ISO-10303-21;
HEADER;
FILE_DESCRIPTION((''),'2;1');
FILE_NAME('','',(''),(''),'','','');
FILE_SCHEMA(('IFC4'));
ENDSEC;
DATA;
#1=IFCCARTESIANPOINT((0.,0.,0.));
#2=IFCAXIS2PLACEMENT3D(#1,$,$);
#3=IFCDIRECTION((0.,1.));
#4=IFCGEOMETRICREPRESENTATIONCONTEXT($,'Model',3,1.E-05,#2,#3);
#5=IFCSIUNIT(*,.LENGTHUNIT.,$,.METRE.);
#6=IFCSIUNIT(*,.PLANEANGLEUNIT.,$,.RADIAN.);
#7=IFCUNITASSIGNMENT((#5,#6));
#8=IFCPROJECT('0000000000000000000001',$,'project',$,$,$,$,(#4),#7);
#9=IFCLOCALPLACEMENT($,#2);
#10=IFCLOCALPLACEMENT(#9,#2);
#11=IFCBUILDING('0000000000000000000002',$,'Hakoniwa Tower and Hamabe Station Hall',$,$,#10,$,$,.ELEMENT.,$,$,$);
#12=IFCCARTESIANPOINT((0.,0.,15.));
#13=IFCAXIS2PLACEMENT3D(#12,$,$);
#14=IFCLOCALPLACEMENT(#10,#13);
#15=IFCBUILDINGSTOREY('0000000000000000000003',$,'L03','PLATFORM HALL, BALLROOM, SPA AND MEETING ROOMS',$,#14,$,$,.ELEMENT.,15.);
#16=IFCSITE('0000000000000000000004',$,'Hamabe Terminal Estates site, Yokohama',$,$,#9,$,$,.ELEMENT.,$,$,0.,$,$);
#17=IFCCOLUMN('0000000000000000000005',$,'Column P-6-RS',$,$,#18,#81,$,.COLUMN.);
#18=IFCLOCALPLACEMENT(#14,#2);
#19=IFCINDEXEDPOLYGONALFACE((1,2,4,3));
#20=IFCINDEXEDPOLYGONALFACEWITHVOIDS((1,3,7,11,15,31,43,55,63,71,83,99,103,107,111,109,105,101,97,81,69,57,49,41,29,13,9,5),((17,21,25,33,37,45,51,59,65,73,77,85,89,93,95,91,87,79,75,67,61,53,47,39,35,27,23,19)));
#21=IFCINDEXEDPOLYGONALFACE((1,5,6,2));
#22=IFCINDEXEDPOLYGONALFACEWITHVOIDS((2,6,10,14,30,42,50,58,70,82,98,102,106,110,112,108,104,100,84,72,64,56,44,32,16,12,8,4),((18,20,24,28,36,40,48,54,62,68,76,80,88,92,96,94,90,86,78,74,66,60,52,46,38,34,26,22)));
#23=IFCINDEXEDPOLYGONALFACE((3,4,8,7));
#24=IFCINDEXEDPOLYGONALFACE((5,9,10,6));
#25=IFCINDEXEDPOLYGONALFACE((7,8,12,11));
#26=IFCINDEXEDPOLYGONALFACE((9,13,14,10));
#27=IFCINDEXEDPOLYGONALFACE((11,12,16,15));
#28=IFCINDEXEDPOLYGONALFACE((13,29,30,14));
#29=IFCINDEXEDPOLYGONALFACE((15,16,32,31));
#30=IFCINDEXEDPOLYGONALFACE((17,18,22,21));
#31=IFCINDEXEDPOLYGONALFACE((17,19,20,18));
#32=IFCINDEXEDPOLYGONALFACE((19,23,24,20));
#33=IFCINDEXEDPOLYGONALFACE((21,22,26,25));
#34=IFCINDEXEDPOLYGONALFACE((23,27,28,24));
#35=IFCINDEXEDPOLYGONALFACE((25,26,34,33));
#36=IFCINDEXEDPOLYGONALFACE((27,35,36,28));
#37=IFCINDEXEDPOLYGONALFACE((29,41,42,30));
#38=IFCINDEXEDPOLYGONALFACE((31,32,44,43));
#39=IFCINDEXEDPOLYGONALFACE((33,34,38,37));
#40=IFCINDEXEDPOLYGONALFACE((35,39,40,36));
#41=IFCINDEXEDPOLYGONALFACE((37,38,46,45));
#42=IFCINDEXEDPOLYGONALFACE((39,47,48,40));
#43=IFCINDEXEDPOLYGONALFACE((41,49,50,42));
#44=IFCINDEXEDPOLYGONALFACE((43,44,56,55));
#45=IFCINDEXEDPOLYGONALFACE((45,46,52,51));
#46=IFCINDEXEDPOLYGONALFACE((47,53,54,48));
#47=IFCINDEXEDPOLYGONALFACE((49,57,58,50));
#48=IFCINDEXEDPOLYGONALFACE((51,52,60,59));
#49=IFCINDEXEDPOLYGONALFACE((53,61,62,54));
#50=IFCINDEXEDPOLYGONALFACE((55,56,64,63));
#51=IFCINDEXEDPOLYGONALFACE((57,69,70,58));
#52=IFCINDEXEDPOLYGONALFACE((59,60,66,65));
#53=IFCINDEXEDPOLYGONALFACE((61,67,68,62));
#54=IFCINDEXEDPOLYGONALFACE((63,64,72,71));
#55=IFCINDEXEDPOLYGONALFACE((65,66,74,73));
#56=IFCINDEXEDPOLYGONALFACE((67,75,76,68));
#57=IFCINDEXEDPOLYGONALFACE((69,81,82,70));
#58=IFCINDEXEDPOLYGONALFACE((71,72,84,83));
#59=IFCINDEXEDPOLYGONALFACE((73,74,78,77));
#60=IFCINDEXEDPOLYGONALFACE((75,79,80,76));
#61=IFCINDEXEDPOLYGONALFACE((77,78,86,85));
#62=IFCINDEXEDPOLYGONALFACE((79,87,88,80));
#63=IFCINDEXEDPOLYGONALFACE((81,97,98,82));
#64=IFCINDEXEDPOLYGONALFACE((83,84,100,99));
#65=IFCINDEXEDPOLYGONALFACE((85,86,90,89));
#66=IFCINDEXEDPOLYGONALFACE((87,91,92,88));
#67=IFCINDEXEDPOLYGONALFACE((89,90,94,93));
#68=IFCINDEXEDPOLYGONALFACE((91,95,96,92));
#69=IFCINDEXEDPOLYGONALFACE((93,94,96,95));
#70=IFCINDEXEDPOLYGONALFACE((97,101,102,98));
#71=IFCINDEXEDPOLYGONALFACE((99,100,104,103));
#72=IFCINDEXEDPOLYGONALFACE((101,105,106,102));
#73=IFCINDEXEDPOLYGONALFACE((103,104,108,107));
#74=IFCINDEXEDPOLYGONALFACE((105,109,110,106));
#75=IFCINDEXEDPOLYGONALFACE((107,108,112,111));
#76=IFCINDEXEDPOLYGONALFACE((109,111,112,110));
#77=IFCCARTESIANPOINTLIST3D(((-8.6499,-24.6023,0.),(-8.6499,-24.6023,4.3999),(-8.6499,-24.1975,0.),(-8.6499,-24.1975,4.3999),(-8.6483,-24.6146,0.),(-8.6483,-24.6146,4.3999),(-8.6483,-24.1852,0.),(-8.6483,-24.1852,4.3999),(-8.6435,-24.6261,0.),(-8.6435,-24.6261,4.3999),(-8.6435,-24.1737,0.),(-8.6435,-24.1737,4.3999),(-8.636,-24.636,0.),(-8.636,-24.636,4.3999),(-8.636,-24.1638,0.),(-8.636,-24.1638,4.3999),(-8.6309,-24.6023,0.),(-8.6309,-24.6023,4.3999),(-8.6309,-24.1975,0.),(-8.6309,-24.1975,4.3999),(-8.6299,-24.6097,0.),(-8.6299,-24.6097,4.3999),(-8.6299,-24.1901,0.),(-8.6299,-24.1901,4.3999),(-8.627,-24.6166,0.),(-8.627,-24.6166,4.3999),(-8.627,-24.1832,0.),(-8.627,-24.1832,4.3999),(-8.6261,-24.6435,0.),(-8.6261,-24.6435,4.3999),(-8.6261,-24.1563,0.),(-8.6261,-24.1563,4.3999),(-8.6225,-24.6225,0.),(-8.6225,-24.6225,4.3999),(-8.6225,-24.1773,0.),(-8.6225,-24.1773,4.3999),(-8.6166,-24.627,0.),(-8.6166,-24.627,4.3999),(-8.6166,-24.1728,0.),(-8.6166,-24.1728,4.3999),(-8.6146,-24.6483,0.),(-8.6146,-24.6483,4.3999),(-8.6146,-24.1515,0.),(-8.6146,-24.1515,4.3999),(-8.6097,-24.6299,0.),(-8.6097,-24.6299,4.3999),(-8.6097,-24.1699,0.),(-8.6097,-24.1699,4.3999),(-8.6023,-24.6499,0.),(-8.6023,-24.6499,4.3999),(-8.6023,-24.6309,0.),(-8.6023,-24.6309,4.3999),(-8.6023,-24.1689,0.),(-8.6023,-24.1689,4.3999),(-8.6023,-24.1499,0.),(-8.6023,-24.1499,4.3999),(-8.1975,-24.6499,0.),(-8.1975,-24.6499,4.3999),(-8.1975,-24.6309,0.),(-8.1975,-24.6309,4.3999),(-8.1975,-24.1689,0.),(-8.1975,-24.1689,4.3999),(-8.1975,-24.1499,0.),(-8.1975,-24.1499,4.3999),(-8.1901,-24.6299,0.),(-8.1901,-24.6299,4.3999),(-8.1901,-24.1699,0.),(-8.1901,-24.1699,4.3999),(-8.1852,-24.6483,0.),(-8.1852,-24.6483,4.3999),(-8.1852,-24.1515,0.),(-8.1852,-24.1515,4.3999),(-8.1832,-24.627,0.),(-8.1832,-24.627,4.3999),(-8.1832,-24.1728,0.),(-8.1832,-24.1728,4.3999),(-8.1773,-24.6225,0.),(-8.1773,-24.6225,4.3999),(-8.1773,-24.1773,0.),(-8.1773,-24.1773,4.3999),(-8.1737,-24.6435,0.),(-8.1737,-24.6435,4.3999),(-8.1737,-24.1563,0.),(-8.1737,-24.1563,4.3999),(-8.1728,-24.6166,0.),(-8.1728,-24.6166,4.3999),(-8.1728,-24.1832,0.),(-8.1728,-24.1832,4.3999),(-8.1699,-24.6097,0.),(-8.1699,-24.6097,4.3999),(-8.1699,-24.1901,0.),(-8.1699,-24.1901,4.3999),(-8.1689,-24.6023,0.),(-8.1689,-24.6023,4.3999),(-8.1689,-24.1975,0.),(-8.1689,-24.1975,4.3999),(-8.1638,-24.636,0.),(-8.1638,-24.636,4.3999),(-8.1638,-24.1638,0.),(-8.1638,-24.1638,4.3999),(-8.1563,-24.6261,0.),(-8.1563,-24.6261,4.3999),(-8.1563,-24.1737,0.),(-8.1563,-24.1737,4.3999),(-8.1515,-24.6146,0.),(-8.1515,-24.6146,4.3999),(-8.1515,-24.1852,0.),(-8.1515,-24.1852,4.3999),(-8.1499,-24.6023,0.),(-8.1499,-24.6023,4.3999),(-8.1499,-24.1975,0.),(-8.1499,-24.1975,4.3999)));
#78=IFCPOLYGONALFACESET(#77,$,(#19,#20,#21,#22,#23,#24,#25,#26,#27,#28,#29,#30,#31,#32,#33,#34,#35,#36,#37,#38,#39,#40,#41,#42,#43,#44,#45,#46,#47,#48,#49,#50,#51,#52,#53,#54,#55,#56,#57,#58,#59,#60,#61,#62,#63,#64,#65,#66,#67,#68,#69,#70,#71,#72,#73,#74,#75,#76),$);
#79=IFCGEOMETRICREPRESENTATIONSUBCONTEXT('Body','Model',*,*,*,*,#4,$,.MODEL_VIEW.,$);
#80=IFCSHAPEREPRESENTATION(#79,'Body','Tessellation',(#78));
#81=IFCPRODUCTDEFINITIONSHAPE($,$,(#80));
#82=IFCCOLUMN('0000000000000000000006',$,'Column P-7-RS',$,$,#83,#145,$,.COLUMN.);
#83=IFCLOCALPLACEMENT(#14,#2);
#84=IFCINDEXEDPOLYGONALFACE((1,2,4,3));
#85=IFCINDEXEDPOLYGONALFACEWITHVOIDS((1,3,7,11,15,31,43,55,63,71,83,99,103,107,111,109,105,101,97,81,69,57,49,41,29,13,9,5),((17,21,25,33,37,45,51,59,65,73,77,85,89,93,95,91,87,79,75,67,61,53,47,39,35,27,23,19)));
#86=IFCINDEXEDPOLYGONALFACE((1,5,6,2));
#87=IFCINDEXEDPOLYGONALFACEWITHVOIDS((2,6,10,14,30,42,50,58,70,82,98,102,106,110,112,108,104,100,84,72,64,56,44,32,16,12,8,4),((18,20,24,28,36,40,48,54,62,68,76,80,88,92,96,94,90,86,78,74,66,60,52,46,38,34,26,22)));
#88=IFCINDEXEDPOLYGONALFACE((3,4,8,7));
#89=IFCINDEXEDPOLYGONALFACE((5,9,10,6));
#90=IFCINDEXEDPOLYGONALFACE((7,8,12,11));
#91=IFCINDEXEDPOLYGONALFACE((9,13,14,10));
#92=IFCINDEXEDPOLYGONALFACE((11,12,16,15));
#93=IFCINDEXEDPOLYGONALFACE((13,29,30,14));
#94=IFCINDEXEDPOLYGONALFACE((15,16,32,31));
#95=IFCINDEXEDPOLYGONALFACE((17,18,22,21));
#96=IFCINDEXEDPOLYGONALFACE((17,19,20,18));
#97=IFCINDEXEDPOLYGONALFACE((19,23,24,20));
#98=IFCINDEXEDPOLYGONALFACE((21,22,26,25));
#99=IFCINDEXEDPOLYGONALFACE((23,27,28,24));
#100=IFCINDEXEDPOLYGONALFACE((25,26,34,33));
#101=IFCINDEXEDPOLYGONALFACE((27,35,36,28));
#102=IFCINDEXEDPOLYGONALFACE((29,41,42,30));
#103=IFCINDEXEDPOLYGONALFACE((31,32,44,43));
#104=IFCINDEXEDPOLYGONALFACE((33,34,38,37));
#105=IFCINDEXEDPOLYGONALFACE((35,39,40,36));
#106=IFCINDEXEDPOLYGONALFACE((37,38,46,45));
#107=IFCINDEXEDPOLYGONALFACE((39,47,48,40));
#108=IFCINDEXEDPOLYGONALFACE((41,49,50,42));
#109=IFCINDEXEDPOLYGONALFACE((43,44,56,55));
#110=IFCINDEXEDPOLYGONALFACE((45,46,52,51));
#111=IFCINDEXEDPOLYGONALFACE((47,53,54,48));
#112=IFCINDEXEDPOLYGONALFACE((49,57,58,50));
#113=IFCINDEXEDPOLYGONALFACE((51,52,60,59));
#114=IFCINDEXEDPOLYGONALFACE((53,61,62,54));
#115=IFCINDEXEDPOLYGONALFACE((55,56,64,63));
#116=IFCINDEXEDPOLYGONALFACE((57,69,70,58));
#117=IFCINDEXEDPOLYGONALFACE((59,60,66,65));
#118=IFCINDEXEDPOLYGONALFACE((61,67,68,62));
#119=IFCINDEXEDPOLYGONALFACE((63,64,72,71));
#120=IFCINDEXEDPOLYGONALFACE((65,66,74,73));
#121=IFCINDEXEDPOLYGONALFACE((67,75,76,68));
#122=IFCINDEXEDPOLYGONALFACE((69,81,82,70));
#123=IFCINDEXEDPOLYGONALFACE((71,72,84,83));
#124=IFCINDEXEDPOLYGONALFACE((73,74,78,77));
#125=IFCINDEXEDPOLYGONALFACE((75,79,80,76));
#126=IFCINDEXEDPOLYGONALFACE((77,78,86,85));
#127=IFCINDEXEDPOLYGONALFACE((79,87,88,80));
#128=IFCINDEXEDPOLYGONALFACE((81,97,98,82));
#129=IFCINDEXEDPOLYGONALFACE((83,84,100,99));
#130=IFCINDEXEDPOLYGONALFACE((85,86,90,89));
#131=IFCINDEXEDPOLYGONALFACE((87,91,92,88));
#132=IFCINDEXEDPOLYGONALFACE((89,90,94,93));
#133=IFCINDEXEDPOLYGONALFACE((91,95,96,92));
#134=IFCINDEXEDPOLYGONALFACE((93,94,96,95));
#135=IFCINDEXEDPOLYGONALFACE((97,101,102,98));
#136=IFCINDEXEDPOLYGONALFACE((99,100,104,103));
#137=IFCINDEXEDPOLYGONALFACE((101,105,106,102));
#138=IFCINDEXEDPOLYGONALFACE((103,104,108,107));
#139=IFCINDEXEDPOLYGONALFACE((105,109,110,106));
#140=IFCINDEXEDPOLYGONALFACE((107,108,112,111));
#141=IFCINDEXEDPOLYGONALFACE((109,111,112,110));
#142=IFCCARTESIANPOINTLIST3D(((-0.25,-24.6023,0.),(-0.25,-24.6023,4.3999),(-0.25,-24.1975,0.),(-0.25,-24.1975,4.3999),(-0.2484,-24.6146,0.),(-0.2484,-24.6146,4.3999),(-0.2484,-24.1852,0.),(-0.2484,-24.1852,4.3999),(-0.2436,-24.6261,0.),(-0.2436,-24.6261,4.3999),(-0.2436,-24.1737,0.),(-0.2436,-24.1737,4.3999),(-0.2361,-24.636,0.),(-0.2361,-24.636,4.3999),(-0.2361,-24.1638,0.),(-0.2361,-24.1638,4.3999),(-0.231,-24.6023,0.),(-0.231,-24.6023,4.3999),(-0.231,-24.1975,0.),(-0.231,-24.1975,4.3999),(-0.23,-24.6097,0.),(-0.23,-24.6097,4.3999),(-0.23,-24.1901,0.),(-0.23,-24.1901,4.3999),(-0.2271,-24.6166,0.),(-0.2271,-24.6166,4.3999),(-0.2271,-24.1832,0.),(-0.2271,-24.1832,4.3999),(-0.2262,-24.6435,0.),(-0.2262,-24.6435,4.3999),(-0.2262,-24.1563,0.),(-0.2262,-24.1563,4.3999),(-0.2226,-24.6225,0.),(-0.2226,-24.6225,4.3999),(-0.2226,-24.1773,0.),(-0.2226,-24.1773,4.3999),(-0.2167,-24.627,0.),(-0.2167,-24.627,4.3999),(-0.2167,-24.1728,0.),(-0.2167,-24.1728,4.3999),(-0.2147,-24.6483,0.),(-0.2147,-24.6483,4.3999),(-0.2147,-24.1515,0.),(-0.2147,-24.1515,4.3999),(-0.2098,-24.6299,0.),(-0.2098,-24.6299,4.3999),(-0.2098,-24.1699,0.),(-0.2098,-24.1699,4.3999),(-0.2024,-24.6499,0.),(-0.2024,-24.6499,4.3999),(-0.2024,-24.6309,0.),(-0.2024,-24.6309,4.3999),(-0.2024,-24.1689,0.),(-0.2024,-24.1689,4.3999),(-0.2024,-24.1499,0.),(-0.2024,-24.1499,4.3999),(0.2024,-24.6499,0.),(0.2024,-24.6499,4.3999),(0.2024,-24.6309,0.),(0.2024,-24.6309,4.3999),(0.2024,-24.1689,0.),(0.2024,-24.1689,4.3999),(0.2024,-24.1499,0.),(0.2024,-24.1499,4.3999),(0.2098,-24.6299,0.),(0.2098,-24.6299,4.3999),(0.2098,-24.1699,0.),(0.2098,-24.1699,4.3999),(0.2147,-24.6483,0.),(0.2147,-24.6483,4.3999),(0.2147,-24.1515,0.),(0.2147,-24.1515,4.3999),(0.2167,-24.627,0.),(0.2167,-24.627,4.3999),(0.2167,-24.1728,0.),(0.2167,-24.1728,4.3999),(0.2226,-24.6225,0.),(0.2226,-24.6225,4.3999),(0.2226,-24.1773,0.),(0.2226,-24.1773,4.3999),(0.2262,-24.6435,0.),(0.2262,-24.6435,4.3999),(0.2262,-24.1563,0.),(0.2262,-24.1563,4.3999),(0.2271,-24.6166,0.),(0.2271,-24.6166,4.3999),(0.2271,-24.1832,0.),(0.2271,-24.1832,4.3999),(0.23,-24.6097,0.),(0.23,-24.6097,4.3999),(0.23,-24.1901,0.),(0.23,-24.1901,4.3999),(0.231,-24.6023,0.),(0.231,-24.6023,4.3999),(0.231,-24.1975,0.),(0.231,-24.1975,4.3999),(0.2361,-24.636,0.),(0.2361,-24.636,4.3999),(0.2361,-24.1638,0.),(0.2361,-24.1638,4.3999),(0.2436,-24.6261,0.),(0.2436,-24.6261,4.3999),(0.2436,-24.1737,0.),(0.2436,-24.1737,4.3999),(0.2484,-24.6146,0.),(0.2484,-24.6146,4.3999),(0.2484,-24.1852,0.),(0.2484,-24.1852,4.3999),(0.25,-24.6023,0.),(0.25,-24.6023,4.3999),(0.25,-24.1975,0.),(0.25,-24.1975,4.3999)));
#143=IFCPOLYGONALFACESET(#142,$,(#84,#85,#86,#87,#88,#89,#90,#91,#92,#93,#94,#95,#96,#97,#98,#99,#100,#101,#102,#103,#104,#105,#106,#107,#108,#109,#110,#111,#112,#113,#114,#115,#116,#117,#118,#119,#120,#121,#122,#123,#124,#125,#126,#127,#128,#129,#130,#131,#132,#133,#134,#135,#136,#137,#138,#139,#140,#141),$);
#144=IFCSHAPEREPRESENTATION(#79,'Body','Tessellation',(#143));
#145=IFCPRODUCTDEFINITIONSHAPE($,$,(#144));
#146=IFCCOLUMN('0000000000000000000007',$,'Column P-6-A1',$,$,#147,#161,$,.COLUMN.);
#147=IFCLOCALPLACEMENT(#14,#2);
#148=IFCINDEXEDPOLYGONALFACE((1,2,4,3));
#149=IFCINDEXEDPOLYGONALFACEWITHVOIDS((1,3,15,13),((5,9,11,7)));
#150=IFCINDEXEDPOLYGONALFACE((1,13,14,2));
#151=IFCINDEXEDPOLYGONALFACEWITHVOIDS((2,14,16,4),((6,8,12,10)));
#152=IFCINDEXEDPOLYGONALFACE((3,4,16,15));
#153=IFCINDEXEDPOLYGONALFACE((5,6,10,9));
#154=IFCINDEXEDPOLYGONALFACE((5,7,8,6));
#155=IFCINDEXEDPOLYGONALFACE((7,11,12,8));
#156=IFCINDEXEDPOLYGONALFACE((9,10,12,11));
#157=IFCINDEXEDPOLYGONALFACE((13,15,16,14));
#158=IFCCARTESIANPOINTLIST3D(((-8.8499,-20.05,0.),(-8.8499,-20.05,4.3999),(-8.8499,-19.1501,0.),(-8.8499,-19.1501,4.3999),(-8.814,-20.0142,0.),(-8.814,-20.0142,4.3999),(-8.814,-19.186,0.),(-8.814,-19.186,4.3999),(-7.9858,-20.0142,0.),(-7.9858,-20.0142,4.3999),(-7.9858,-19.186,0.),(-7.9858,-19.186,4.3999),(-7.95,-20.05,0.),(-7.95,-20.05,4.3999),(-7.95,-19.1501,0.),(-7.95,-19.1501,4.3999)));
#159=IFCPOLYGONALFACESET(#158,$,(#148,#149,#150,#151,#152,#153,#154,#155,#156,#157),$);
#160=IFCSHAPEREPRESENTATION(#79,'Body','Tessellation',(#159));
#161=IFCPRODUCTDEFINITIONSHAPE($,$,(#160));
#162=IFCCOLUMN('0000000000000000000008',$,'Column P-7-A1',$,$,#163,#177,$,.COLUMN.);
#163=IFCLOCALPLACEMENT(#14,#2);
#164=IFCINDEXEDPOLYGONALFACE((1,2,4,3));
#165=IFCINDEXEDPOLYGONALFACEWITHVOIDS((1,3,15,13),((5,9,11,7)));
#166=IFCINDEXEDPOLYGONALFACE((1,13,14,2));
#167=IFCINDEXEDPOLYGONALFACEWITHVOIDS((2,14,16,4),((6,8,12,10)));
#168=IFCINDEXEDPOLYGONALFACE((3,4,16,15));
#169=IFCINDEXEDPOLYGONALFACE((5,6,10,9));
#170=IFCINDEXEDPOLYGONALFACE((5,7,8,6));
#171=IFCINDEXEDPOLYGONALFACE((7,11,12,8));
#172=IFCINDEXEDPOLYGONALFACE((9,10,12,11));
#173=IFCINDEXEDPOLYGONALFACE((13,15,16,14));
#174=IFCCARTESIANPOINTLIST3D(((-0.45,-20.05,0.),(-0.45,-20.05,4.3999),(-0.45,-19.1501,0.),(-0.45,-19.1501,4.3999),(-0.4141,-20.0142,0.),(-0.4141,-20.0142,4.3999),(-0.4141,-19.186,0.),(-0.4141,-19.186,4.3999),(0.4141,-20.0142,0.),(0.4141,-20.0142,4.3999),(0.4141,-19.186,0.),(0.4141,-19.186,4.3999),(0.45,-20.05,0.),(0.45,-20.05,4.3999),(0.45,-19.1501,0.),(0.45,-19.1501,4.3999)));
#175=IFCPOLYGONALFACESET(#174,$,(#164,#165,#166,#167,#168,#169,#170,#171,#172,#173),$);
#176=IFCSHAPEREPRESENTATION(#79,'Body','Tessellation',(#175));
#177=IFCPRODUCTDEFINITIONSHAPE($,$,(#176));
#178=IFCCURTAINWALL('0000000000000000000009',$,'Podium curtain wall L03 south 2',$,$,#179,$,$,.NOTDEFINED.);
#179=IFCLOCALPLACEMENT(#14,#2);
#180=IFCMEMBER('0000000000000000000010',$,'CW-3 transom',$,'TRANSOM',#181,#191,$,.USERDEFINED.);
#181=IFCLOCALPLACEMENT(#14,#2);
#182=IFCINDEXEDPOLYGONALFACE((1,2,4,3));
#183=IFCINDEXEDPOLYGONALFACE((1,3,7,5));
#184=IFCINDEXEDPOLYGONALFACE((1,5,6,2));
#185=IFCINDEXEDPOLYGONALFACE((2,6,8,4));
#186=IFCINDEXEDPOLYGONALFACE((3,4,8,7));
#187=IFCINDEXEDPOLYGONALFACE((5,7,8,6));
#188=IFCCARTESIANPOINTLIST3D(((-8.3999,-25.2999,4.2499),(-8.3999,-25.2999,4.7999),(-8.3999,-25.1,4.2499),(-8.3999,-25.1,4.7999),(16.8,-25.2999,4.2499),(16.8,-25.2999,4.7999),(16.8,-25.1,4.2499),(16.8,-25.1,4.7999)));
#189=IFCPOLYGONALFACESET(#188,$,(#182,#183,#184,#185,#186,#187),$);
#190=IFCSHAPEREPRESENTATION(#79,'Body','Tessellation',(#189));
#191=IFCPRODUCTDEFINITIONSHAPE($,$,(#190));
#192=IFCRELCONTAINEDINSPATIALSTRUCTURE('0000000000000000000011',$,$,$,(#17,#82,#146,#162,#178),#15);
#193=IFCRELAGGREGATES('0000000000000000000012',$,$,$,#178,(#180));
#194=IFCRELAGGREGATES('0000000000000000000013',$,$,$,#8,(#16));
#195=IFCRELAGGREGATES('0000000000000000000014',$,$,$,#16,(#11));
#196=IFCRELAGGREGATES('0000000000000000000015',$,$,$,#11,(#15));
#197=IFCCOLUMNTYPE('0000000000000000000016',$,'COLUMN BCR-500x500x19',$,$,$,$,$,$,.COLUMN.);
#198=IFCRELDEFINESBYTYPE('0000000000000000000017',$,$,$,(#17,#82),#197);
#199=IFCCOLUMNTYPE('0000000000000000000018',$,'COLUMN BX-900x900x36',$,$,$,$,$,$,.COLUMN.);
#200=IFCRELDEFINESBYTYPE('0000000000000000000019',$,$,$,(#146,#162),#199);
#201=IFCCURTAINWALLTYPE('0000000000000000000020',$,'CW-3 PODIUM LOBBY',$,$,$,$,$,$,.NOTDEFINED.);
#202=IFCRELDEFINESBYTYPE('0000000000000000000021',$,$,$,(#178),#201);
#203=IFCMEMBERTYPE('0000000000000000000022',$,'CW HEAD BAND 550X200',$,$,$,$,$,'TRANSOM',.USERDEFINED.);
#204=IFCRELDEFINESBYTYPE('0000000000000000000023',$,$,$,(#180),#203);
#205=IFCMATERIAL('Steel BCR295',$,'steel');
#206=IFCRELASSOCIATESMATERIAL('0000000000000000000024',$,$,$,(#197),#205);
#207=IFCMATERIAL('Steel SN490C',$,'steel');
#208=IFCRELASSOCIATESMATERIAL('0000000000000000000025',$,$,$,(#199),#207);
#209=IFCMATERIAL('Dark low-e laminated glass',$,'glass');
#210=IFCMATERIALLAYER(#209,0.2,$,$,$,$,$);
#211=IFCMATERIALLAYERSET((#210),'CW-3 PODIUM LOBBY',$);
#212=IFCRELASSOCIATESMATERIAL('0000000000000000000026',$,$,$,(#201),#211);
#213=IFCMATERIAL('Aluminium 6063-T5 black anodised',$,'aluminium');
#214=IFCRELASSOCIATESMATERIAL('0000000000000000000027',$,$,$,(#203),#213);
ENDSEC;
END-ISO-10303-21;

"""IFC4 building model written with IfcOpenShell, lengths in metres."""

from ifc_helpers import new_model, si_unit, direction, frame, origin, origin_2d, place, context, subcontext, project, spatial, rectangle, hollow_rectangle, extrude, material, layer, layer_set, material_profile, profile_set, type_object, element, aggregate, save


model = new_model("IFC4")

# Units and contexts
model_context = context("Model", 3, precision=1e-05, world=origin(), true_north=direction((0.0, 1.0)))
body_context = subcontext(model_context, "Body", "Model", "MODEL_VIEW")
ifc_project = project(units=[si_unit("LENGTHUNIT", "METRE"), si_unit("PLANEANGLEUNIT", "RADIAN")], contexts=[model_context])

# Site, building, storey
site_placement = place(None, origin())
site = spatial("IfcSite", under=ifc_project, at=site_placement, Name="Hamabe Terminal Estates site, Yokohama", CompositionType="ELEMENT", RefElevation=0.0)
building_placement = place(site_placement, origin())
building = spatial("IfcBuilding", under=site, at=building_placement, Name="Hakoniwa Tower and Hamabe Station Hall", CompositionType="ELEMENT")
storey_placement = place(building_placement, frame((0.0, 0.0, 15.0)))
storey = spatial("IfcBuildingStorey", under=building, at=storey_placement, Name="L03", Description="PLATFORM HALL, BALLROOM, SPA AND MEETING ROOMS", CompositionType="ELEMENT", Elevation=15.0)

# Columns
ifc_material_1 = material(Name="Steel BCR295", Category="steel")
ifc_material_profile_1 = material_profile(ifc_material_1, hollow_rectangle(XDim=0.5, YDim=0.5, WallThickness=0.019, InnerFilletRadius=0.0286, OuterFilletRadius=0.0476, at=origin_2d()), Name="BCR-500x500x19")
ifc_profile_set_1 = profile_set([ifc_material_profile_1], Name="Steel BCR295")
column_type_1 = type_object("IfcColumnType", Name="COLUMN BCR-500x500x19", PredefinedType="COLUMN", material=ifc_profile_set_1)
for number, where, z_axis, x_axis, name in (
    (1, (-8.3999, -24.3999, 0.0), (0.0, 0.0, 1.0), (1.0, 0.0, 0.0), "Column P-6-RS"),
    (2, (0.0, -24.3999, 0.0), (0.0, 0.0, 1.0), (1.0, 0.0, 0.0), "Column P-7-RS"),
):
    element("IfcColumn", number, at=place(storey_placement, frame(where, z_axis=z_axis, x_axis=x_axis)), inside=storey, type_object=column_type_1, Name=name, PredefinedType="COLUMN", context=body_context, shape_type="SweptSolid", body=[
        extrude(hollow_rectangle(XDim=0.5, YDim=0.5, WallThickness=0.019, InnerFilletRadius=0.0286, OuterFilletRadius=0.0476, at=origin_2d()), origin(), (0.0, 0.0, 1.0), 4.3999),
    ])
ifc_material_2 = material(Name="Steel SN490C", Category="steel")
ifc_material_profile_2 = material_profile(ifc_material_2, hollow_rectangle(XDim=0.8999, YDim=0.8999, WallThickness=0.0359, at=origin_2d()), Name="BX-900x900x36")
ifc_profile_set_2 = profile_set([ifc_material_profile_2], Name="Steel SN490C")
column_type_2 = type_object("IfcColumnType", Name="COLUMN BX-900x900x36", PredefinedType="COLUMN", material=ifc_profile_set_2)
for number, where, z_axis, x_axis, name in (
    (3, (-8.3999, -19.6001, 0.0), (0.0, 0.0, 1.0), (1.0, 0.0, 0.0), "Column P-6-A1"),
    (4, (0.0, -19.6001, 0.0), (0.0, 0.0, 1.0), (1.0, 0.0, 0.0), "Column P-7-A1"),
):
    element("IfcColumn", number, at=place(storey_placement, frame(where, z_axis=z_axis, x_axis=x_axis)), inside=storey, type_object=column_type_2, Name=name, PredefinedType="COLUMN", context=body_context, shape_type="SweptSolid", body=[
        extrude(hollow_rectangle(XDim=0.8999, YDim=0.8999, WallThickness=0.0359, at=origin_2d()), origin(), (0.0, 0.0, 1.0), 4.3999),
    ])

# Curtain wall, member
ifc_material_3 = material(Name="Dark low-e laminated glass", Category="glass")
ifc_layer_1 = layer(ifc_material_3, 0.2)
ifc_layer_set_1 = layer_set([ifc_layer_1], Name="CW-3 PODIUM LOBBY")
curtain_wall_type = type_object("IfcCurtainWallType", Name="CW-3 PODIUM LOBBY", PredefinedType="NOTDEFINED", material=ifc_layer_set_1)
curtain_wall_placement = place(storey_placement, origin())
curtain_wall = element("IfcCurtainWall", 5, at=curtain_wall_placement, inside=storey, type_object=curtain_wall_type, Name="Podium curtain wall L03 south 2", PredefinedType="NOTDEFINED")
ifc_material_4 = material(Name="Aluminium 6063-T5 black anodised", Category="aluminium")
ifc_material_profile_3 = material_profile(ifc_material_4, rectangle(XDim=0.2, YDim=0.55, at=origin_2d()), Name="CW HEAD BAND 550X200")
ifc_profile_set_3 = profile_set([ifc_material_profile_3], Name="Aluminium 6063-T5 black anodised")
member_type_1 = type_object("IfcMemberType", Name="CW HEAD BAND 550X200", ElementType="TRANSOM", PredefinedType="USERDEFINED", material=ifc_profile_set_3)
member_1_placement = place(storey_placement, frame((-8.3999, -25.2, 4.5249), z_axis=(1.0, 0.0, 0.0), x_axis=(0.0, 1.0, 0.0)))
member_1 = element("IfcMember", 6, at=member_1_placement, type_object=member_type_1, Name="CW-3 transom", ObjectType="TRANSOM", PredefinedType="USERDEFINED", context=body_context, shape_type="SweptSolid", body=[
    extrude(rectangle(XDim=0.2, YDim=0.55, at=origin_2d()), origin(), (0.0, 0.0, 1.0), 25.2),
])
aggregate(curtain_wall, [member_1])

save(model, "model.ifc")
